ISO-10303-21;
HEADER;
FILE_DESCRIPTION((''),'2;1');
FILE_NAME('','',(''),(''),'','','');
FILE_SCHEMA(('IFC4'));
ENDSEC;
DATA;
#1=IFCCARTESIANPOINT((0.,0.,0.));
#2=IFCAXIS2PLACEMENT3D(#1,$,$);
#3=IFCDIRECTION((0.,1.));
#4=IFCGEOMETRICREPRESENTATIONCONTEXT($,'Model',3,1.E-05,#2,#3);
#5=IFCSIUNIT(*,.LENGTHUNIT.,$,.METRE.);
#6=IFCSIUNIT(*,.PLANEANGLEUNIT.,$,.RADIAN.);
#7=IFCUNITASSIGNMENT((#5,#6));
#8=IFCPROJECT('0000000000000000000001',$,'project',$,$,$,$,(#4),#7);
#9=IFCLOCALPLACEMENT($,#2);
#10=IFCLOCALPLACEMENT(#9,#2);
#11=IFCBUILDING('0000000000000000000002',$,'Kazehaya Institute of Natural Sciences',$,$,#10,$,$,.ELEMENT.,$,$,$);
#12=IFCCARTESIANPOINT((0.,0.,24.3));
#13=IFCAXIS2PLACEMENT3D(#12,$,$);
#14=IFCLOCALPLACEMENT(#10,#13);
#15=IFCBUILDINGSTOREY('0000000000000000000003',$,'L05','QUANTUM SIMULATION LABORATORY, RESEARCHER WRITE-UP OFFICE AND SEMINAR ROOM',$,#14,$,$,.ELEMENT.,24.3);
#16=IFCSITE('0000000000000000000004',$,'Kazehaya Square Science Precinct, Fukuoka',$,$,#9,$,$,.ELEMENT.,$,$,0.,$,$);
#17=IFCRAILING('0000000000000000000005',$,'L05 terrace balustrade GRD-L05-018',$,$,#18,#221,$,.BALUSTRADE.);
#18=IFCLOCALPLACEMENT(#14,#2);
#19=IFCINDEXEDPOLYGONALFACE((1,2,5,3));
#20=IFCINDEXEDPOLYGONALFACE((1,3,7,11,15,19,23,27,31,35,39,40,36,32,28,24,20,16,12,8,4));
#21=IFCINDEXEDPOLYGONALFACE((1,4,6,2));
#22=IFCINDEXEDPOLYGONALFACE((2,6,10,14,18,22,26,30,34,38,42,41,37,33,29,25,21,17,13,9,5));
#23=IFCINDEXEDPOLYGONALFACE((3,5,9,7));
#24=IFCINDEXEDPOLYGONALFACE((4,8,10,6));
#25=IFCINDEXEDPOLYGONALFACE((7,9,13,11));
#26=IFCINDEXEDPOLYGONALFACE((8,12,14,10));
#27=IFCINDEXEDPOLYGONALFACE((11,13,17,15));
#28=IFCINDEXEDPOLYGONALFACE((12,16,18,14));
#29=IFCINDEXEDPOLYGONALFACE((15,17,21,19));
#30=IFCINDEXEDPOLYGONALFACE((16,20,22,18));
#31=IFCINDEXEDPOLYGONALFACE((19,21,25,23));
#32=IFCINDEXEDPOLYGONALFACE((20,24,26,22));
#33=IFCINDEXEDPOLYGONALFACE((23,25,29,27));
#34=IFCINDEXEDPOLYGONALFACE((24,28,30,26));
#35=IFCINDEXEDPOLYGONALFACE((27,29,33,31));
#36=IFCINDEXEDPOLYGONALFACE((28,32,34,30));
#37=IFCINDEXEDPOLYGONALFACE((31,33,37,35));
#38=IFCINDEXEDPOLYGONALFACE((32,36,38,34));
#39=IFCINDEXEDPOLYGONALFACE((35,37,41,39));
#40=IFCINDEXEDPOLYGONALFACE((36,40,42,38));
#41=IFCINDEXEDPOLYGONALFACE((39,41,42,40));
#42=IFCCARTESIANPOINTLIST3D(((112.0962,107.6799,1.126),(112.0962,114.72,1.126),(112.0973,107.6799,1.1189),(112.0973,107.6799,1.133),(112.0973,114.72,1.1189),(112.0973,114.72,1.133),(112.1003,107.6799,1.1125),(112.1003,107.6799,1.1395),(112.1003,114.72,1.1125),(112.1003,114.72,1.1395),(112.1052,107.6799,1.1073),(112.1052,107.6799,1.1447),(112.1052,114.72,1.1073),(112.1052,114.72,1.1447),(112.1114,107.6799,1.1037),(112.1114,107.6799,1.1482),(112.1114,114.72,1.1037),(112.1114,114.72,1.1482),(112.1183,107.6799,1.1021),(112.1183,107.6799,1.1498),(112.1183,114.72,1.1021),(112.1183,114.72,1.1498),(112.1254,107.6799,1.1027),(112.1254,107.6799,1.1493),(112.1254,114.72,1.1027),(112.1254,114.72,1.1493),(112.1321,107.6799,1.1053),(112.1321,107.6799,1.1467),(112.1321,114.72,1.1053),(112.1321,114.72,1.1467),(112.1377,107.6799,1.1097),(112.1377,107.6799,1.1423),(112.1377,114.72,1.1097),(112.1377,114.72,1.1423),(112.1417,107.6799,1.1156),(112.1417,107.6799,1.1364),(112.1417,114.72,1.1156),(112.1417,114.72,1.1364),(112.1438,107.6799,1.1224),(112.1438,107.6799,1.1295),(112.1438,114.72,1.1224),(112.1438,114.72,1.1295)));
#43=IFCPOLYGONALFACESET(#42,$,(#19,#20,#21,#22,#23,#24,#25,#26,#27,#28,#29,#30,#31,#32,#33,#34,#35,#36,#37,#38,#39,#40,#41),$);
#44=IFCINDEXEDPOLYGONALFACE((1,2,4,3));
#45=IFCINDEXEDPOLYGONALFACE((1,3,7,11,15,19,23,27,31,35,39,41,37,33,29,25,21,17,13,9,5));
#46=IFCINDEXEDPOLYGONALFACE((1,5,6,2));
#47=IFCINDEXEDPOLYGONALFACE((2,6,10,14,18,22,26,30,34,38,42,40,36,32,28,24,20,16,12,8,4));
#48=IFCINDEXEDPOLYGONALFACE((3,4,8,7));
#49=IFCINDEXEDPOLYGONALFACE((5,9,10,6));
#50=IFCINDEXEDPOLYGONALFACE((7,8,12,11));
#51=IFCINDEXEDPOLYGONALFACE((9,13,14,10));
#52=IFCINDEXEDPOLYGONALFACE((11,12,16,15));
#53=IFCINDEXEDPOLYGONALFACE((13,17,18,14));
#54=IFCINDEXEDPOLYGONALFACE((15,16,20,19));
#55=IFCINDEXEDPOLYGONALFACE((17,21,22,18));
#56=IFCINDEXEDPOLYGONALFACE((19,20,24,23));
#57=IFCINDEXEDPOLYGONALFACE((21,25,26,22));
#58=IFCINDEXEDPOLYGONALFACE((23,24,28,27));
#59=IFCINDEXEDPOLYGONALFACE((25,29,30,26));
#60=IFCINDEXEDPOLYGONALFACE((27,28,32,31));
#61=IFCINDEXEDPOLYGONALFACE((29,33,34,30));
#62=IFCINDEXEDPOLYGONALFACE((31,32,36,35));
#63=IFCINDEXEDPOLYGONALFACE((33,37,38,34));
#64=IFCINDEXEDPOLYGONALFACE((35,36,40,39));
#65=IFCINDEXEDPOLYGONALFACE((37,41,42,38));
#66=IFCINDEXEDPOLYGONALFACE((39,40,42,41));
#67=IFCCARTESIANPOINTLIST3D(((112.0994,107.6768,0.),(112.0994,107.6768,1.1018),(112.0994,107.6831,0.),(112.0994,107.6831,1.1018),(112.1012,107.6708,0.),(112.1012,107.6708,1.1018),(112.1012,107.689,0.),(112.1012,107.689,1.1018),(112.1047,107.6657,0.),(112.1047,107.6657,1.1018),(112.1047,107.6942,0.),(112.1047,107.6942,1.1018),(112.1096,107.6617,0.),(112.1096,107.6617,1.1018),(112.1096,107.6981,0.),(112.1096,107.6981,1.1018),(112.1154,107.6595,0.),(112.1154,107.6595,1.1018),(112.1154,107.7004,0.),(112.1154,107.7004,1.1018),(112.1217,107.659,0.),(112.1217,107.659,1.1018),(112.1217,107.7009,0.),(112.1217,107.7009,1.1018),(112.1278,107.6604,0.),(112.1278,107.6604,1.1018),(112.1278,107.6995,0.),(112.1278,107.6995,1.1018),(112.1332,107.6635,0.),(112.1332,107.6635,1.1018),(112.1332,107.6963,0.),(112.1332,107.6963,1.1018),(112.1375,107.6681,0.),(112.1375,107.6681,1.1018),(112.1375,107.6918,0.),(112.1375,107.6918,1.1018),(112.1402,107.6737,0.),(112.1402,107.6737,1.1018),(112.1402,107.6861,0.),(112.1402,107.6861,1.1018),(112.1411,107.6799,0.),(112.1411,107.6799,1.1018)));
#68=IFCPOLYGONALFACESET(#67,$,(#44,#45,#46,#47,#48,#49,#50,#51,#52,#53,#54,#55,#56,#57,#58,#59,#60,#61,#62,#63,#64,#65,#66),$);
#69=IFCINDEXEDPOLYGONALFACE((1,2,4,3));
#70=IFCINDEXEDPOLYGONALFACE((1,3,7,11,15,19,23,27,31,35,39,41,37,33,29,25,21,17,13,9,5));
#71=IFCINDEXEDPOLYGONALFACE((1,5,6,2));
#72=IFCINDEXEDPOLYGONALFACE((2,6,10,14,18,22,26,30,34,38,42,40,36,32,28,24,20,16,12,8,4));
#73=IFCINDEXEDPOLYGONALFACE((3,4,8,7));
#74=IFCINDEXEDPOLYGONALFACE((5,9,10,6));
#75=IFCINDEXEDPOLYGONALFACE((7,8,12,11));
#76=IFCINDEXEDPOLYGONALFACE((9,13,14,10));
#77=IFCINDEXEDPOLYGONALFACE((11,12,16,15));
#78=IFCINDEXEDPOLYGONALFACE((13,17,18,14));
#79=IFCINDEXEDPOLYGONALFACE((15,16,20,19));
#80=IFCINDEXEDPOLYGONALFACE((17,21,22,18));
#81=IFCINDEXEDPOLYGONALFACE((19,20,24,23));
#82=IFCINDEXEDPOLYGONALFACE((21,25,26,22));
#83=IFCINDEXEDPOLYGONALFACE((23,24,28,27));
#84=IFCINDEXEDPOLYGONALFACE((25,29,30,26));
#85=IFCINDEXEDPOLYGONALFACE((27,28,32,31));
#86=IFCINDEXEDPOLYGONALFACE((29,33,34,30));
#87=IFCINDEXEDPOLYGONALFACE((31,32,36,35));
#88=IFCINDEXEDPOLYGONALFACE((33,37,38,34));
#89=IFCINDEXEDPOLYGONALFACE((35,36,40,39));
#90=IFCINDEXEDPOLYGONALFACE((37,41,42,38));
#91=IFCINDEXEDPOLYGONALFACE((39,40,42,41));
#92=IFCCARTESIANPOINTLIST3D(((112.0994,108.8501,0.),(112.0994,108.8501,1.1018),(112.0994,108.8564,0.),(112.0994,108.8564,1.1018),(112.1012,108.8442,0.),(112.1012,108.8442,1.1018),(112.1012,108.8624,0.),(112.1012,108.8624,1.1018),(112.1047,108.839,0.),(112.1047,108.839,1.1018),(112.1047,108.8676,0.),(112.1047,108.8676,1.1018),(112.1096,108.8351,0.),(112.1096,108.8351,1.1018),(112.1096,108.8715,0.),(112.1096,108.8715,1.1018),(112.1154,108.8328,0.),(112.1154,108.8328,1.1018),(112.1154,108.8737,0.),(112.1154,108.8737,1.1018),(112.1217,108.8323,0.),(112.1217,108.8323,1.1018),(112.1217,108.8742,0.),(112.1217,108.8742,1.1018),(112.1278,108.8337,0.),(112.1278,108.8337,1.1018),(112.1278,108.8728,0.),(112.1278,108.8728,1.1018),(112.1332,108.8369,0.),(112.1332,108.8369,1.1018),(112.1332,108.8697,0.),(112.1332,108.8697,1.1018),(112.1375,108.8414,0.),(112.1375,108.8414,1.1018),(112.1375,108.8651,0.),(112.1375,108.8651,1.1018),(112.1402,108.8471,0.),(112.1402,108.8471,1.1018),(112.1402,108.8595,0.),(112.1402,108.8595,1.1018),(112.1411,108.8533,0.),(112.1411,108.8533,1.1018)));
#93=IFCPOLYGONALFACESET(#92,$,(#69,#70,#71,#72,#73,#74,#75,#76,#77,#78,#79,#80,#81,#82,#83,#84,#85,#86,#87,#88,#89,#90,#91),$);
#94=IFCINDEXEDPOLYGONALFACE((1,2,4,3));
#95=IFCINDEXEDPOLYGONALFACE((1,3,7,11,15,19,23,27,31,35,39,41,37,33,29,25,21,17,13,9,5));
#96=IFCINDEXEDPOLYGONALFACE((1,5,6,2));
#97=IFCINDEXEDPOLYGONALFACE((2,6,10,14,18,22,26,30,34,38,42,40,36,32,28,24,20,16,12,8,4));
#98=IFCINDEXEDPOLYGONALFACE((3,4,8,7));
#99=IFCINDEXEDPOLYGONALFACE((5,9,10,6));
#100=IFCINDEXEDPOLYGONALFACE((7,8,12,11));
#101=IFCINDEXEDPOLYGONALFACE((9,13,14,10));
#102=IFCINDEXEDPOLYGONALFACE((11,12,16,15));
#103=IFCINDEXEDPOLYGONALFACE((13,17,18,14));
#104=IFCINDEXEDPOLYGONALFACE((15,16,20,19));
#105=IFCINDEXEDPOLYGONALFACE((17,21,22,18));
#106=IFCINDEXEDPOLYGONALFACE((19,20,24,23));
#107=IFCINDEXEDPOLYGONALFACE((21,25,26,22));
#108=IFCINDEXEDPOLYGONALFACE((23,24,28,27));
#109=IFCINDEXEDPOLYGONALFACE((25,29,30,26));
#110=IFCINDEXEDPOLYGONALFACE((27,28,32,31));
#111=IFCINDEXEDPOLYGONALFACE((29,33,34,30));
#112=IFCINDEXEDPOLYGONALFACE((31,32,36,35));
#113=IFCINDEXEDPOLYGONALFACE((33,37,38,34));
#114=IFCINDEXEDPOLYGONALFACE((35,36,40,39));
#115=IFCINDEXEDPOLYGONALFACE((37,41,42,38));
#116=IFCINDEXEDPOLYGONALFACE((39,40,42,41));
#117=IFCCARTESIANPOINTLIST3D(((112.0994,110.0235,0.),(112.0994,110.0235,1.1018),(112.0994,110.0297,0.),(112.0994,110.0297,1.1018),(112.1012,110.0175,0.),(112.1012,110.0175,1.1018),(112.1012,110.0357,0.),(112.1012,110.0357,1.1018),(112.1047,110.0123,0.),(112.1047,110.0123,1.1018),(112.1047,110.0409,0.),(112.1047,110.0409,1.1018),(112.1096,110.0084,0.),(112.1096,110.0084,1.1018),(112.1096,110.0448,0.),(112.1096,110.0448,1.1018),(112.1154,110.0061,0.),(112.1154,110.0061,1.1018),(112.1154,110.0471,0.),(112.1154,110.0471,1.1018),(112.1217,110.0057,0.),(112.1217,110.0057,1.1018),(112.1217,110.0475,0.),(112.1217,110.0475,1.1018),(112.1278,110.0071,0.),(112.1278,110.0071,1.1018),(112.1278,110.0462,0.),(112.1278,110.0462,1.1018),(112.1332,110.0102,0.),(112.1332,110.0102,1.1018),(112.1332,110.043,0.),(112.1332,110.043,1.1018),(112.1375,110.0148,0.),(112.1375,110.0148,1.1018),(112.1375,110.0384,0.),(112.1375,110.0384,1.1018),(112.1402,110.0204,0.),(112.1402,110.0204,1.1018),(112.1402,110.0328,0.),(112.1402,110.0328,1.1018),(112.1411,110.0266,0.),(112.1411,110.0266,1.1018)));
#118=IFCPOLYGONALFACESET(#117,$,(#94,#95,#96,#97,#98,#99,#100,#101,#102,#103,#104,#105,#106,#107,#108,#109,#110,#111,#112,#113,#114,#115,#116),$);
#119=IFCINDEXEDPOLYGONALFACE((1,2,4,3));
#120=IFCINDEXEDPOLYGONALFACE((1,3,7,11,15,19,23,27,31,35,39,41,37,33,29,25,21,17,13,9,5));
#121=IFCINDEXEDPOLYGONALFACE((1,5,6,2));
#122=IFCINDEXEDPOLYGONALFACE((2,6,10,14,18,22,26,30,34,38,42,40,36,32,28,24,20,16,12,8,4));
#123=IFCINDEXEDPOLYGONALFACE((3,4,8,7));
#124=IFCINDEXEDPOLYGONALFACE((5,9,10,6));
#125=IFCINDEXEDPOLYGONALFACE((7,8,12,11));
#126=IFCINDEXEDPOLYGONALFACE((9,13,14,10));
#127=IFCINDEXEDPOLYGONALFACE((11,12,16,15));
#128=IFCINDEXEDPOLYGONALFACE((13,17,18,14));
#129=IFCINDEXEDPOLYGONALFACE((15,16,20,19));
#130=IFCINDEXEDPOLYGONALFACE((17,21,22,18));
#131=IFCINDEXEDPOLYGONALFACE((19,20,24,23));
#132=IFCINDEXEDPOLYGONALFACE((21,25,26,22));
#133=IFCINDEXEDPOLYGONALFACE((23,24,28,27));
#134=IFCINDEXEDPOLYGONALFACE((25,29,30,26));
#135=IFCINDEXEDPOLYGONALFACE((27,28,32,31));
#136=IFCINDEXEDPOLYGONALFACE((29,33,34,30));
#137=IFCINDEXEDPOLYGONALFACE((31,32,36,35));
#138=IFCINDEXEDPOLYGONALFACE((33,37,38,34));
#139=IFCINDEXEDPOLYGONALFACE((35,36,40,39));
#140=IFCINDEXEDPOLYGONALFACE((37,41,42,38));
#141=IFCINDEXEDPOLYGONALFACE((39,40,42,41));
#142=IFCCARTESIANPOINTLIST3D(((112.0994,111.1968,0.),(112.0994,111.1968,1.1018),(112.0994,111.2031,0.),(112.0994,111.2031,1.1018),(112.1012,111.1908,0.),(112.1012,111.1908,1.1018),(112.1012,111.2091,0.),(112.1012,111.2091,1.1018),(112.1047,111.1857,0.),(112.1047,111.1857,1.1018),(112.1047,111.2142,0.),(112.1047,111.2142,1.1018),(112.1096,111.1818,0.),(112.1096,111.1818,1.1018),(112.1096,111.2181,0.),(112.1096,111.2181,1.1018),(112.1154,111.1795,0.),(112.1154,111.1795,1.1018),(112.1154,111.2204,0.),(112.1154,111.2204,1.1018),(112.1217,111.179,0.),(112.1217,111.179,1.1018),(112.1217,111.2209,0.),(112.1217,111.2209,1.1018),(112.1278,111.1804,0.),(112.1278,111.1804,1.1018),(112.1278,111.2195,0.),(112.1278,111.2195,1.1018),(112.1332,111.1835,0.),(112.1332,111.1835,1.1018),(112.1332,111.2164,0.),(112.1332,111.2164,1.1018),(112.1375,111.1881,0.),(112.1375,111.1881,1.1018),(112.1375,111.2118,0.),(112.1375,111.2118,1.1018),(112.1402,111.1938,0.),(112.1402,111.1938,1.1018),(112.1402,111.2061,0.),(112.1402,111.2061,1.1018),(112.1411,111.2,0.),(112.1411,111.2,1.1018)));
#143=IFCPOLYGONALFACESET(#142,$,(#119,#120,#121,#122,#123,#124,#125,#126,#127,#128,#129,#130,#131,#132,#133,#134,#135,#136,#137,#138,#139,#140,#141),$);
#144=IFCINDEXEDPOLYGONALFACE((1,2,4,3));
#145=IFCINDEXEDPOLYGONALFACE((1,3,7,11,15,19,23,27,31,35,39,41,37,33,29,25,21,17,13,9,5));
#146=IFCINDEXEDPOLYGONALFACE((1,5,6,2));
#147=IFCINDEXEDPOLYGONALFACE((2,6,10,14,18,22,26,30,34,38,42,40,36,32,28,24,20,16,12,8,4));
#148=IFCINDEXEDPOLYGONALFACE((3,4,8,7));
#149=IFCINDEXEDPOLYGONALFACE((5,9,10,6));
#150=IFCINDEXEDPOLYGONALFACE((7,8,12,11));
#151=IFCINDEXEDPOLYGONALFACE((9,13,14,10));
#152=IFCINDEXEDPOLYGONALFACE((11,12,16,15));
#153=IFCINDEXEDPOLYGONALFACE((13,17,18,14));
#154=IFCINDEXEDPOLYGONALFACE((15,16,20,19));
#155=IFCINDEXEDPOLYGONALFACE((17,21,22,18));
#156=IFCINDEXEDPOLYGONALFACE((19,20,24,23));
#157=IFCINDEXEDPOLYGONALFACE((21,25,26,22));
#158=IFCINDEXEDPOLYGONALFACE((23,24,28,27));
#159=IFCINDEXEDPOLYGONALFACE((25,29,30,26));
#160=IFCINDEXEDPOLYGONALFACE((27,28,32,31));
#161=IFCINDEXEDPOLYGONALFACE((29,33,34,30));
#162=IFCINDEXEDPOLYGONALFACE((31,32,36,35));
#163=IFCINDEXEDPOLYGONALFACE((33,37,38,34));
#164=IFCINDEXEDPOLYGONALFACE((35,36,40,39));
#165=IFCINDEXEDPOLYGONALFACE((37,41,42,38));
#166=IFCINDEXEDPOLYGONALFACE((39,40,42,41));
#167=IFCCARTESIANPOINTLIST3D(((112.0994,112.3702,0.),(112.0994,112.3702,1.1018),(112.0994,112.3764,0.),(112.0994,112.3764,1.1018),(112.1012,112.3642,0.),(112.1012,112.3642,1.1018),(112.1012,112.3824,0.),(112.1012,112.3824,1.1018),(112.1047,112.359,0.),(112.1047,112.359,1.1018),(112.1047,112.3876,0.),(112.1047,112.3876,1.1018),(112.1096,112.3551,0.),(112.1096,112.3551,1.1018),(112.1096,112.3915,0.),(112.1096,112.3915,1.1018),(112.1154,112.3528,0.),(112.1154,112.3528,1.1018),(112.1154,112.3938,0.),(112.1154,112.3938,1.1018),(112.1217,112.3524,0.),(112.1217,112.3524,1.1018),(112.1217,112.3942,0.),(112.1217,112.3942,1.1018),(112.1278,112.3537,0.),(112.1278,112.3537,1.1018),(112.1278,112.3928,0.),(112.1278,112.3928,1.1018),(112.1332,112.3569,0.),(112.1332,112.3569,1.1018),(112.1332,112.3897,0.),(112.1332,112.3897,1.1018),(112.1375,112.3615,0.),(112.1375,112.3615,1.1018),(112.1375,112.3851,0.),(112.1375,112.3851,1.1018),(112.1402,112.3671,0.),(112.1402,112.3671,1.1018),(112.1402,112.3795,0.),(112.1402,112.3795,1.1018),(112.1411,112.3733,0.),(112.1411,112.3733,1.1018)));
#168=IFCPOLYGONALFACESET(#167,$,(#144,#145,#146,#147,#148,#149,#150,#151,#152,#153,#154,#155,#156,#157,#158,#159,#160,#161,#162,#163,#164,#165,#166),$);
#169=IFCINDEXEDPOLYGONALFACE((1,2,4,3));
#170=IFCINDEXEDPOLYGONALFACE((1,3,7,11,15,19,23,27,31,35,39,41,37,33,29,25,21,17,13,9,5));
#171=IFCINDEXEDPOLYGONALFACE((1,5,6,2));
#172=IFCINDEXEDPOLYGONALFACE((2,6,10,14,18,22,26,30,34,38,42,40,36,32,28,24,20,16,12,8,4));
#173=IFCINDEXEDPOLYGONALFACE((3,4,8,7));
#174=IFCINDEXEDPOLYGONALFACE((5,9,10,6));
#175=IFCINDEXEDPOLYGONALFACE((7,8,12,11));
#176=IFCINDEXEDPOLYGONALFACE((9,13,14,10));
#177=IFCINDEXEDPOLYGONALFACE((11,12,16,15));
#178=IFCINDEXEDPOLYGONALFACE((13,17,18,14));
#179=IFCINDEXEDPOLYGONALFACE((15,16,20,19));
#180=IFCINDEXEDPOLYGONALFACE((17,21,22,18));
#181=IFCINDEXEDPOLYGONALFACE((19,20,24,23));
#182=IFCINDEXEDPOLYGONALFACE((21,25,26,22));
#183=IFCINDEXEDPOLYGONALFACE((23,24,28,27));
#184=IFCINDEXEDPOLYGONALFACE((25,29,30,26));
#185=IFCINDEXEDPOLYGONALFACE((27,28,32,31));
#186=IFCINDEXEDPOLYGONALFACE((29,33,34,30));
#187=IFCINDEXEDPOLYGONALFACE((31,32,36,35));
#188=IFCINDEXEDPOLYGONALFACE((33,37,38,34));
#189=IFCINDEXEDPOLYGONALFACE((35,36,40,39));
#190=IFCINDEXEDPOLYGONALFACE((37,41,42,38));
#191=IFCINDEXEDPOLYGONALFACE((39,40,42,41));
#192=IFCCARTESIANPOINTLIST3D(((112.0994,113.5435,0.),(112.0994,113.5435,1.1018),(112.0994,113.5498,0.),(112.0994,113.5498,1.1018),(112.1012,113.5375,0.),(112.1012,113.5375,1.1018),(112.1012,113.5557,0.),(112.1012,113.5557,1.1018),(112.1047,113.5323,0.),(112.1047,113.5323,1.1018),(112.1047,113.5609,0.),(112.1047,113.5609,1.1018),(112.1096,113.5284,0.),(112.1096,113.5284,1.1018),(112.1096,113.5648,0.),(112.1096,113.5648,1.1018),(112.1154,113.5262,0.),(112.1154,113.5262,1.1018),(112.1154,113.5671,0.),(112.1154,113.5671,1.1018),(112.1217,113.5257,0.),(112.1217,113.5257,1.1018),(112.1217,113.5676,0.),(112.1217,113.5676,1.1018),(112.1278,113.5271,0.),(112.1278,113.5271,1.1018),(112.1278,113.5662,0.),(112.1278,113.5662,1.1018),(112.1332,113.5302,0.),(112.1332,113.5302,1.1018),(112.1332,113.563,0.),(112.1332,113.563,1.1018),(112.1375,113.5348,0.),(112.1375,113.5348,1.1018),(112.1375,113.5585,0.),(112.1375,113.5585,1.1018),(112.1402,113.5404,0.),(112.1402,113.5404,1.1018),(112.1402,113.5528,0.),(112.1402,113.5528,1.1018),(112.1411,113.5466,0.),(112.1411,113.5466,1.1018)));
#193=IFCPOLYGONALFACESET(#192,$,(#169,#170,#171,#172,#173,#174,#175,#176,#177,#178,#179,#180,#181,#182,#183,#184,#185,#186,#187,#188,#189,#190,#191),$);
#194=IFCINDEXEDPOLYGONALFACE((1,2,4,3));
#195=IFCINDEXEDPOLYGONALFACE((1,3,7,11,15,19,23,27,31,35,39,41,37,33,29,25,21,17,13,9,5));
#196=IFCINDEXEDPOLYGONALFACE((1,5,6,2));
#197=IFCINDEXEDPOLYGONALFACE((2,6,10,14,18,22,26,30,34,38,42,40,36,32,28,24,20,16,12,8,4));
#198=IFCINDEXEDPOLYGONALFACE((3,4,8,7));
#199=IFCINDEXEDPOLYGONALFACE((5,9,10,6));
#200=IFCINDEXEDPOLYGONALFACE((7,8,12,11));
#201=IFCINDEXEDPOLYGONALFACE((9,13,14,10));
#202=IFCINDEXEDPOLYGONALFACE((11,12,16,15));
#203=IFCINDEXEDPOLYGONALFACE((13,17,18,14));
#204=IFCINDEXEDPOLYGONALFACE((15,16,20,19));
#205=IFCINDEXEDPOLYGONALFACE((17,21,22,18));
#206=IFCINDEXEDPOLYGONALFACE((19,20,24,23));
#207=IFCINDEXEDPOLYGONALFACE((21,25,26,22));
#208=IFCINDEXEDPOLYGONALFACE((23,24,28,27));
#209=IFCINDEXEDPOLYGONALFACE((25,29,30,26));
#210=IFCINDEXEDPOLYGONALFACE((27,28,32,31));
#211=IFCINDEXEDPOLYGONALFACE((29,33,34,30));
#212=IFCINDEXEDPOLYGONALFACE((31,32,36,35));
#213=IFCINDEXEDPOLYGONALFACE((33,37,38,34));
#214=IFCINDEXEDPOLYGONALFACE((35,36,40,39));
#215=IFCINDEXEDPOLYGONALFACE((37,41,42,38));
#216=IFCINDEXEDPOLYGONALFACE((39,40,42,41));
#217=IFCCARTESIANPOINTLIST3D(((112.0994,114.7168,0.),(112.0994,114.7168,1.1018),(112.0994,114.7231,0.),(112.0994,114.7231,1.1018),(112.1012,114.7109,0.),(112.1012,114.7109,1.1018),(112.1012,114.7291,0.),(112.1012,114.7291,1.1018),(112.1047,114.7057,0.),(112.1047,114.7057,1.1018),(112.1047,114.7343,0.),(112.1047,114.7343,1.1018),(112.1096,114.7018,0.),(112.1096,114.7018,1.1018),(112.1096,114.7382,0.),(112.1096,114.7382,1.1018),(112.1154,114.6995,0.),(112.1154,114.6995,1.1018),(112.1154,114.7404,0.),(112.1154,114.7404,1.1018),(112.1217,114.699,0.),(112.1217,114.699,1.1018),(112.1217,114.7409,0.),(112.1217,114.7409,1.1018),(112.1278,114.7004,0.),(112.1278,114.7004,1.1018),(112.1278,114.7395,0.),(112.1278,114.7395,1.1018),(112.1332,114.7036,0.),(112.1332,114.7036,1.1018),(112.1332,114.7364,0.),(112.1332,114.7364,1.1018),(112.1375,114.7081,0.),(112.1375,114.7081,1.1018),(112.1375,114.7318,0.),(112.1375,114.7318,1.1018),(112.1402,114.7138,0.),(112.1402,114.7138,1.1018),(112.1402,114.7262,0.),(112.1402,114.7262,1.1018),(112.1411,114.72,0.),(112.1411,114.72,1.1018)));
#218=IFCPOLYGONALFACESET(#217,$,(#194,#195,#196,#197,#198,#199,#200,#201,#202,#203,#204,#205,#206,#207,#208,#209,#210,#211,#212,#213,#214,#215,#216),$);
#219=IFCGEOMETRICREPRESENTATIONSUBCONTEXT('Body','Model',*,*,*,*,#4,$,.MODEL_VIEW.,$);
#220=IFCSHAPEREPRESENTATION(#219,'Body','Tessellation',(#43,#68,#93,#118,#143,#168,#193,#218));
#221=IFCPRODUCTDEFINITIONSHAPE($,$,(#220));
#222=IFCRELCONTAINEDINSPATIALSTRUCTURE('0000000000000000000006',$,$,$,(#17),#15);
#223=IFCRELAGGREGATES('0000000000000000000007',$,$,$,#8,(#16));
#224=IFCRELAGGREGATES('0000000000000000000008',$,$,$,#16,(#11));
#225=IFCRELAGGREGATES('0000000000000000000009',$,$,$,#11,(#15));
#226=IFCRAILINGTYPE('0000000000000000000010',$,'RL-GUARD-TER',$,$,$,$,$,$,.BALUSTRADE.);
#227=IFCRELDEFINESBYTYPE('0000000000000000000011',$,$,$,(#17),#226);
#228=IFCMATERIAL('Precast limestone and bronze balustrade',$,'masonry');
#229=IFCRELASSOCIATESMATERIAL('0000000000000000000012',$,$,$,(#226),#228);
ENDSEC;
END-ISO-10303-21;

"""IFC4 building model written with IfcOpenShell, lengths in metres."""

from ifc_helpers import new_model, si_unit, direction, frame, origin, origin_2d, place, context, subcontext, project, spatial, circle, extrude, material, type_object, element, save


model = new_model("IFC4")

# Units and contexts
model_context = context("Model", 3, precision=1e-05, world=origin(), true_north=direction((0.0, 1.0)))
body_context = subcontext(model_context, "Body", "Model", "MODEL_VIEW")
ifc_project = project(units=[si_unit("LENGTHUNIT", "METRE"), si_unit("PLANEANGLEUNIT", "RADIAN")], contexts=[model_context])

# Site, building, storey
site_placement = place(None, origin())
site = spatial("IfcSite", under=ifc_project, at=site_placement, Name="Kazehaya Square Science Precinct, Fukuoka", CompositionType="ELEMENT", RefElevation=0.0)
building_placement = place(site_placement, origin())
building = spatial("IfcBuilding", under=site, at=building_placement, Name="Kazehaya Institute of Natural Sciences", CompositionType="ELEMENT")
storey_placement = place(building_placement, frame((0.0, 0.0, 24.3)))
storey = spatial("IfcBuildingStorey", under=building, at=storey_placement, Name="L05", Description="QUANTUM SIMULATION LABORATORY, RESEARCHER WRITE-UP OFFICE AND SEMINAR ROOM", CompositionType="ELEMENT", Elevation=24.3)

# Railing
ifc_material_1 = material(Name="Precast limestone and bronze balustrade", Category="masonry")
railing_type = type_object("IfcRailingType", Name="RL-GUARD-TER", PredefinedType="BALUSTRADE", material=ifc_material_1)
railing_1_placement = place(storey_placement, frame((112.1201, 107.6799, 0.0)))
element("IfcRailing", 1, at=railing_1_placement, inside=storey, type_object=railing_type, Name="L05 terrace balustrade GRD-L05-018", PredefinedType="BALUSTRADE", context=body_context, shape_type="SweptSolid", body=[
    extrude(circle(Radius=0.0239, at=origin_2d()), frame((0.0, 0.0, 1.126), z_axis=(0.0, 1.0, 0.0), x_axis=(-1.0, 0.0, 0.0)), (0.0, 0.0, 1.0), 7.04),
    extrude(circle(Radius=0.021, at=origin_2d()), origin(), (0.0, 0.0, 1.0), 1.1018),
    extrude(circle(Radius=0.021, at=origin_2d()), frame((0.0, 1.1733, 0.0)), (0.0, 0.0, 1.0), 1.1018),
    extrude(circle(Radius=0.021, at=origin_2d()), frame((0.0, 2.3467, 0.0)), (0.0, 0.0, 1.0), 1.1018),
    extrude(circle(Radius=0.021, at=origin_2d()), frame((0.0, 3.52, 0.0)), (0.0, 0.0, 1.0), 1.1018),
    extrude(circle(Radius=0.021, at=origin_2d()), frame((0.0, 4.6934, 0.0)), (0.0, 0.0, 1.0), 1.1018),
    extrude(circle(Radius=0.021, at=origin_2d()), frame((0.0, 5.8667, 0.0)), (0.0, 0.0, 1.0), 1.1018),
    extrude(circle(Radius=0.021, at=origin_2d()), frame((0.0, 7.04, 0.0)), (0.0, 0.0, 1.0), 1.1018),
])

save(model, "model.ifc")
